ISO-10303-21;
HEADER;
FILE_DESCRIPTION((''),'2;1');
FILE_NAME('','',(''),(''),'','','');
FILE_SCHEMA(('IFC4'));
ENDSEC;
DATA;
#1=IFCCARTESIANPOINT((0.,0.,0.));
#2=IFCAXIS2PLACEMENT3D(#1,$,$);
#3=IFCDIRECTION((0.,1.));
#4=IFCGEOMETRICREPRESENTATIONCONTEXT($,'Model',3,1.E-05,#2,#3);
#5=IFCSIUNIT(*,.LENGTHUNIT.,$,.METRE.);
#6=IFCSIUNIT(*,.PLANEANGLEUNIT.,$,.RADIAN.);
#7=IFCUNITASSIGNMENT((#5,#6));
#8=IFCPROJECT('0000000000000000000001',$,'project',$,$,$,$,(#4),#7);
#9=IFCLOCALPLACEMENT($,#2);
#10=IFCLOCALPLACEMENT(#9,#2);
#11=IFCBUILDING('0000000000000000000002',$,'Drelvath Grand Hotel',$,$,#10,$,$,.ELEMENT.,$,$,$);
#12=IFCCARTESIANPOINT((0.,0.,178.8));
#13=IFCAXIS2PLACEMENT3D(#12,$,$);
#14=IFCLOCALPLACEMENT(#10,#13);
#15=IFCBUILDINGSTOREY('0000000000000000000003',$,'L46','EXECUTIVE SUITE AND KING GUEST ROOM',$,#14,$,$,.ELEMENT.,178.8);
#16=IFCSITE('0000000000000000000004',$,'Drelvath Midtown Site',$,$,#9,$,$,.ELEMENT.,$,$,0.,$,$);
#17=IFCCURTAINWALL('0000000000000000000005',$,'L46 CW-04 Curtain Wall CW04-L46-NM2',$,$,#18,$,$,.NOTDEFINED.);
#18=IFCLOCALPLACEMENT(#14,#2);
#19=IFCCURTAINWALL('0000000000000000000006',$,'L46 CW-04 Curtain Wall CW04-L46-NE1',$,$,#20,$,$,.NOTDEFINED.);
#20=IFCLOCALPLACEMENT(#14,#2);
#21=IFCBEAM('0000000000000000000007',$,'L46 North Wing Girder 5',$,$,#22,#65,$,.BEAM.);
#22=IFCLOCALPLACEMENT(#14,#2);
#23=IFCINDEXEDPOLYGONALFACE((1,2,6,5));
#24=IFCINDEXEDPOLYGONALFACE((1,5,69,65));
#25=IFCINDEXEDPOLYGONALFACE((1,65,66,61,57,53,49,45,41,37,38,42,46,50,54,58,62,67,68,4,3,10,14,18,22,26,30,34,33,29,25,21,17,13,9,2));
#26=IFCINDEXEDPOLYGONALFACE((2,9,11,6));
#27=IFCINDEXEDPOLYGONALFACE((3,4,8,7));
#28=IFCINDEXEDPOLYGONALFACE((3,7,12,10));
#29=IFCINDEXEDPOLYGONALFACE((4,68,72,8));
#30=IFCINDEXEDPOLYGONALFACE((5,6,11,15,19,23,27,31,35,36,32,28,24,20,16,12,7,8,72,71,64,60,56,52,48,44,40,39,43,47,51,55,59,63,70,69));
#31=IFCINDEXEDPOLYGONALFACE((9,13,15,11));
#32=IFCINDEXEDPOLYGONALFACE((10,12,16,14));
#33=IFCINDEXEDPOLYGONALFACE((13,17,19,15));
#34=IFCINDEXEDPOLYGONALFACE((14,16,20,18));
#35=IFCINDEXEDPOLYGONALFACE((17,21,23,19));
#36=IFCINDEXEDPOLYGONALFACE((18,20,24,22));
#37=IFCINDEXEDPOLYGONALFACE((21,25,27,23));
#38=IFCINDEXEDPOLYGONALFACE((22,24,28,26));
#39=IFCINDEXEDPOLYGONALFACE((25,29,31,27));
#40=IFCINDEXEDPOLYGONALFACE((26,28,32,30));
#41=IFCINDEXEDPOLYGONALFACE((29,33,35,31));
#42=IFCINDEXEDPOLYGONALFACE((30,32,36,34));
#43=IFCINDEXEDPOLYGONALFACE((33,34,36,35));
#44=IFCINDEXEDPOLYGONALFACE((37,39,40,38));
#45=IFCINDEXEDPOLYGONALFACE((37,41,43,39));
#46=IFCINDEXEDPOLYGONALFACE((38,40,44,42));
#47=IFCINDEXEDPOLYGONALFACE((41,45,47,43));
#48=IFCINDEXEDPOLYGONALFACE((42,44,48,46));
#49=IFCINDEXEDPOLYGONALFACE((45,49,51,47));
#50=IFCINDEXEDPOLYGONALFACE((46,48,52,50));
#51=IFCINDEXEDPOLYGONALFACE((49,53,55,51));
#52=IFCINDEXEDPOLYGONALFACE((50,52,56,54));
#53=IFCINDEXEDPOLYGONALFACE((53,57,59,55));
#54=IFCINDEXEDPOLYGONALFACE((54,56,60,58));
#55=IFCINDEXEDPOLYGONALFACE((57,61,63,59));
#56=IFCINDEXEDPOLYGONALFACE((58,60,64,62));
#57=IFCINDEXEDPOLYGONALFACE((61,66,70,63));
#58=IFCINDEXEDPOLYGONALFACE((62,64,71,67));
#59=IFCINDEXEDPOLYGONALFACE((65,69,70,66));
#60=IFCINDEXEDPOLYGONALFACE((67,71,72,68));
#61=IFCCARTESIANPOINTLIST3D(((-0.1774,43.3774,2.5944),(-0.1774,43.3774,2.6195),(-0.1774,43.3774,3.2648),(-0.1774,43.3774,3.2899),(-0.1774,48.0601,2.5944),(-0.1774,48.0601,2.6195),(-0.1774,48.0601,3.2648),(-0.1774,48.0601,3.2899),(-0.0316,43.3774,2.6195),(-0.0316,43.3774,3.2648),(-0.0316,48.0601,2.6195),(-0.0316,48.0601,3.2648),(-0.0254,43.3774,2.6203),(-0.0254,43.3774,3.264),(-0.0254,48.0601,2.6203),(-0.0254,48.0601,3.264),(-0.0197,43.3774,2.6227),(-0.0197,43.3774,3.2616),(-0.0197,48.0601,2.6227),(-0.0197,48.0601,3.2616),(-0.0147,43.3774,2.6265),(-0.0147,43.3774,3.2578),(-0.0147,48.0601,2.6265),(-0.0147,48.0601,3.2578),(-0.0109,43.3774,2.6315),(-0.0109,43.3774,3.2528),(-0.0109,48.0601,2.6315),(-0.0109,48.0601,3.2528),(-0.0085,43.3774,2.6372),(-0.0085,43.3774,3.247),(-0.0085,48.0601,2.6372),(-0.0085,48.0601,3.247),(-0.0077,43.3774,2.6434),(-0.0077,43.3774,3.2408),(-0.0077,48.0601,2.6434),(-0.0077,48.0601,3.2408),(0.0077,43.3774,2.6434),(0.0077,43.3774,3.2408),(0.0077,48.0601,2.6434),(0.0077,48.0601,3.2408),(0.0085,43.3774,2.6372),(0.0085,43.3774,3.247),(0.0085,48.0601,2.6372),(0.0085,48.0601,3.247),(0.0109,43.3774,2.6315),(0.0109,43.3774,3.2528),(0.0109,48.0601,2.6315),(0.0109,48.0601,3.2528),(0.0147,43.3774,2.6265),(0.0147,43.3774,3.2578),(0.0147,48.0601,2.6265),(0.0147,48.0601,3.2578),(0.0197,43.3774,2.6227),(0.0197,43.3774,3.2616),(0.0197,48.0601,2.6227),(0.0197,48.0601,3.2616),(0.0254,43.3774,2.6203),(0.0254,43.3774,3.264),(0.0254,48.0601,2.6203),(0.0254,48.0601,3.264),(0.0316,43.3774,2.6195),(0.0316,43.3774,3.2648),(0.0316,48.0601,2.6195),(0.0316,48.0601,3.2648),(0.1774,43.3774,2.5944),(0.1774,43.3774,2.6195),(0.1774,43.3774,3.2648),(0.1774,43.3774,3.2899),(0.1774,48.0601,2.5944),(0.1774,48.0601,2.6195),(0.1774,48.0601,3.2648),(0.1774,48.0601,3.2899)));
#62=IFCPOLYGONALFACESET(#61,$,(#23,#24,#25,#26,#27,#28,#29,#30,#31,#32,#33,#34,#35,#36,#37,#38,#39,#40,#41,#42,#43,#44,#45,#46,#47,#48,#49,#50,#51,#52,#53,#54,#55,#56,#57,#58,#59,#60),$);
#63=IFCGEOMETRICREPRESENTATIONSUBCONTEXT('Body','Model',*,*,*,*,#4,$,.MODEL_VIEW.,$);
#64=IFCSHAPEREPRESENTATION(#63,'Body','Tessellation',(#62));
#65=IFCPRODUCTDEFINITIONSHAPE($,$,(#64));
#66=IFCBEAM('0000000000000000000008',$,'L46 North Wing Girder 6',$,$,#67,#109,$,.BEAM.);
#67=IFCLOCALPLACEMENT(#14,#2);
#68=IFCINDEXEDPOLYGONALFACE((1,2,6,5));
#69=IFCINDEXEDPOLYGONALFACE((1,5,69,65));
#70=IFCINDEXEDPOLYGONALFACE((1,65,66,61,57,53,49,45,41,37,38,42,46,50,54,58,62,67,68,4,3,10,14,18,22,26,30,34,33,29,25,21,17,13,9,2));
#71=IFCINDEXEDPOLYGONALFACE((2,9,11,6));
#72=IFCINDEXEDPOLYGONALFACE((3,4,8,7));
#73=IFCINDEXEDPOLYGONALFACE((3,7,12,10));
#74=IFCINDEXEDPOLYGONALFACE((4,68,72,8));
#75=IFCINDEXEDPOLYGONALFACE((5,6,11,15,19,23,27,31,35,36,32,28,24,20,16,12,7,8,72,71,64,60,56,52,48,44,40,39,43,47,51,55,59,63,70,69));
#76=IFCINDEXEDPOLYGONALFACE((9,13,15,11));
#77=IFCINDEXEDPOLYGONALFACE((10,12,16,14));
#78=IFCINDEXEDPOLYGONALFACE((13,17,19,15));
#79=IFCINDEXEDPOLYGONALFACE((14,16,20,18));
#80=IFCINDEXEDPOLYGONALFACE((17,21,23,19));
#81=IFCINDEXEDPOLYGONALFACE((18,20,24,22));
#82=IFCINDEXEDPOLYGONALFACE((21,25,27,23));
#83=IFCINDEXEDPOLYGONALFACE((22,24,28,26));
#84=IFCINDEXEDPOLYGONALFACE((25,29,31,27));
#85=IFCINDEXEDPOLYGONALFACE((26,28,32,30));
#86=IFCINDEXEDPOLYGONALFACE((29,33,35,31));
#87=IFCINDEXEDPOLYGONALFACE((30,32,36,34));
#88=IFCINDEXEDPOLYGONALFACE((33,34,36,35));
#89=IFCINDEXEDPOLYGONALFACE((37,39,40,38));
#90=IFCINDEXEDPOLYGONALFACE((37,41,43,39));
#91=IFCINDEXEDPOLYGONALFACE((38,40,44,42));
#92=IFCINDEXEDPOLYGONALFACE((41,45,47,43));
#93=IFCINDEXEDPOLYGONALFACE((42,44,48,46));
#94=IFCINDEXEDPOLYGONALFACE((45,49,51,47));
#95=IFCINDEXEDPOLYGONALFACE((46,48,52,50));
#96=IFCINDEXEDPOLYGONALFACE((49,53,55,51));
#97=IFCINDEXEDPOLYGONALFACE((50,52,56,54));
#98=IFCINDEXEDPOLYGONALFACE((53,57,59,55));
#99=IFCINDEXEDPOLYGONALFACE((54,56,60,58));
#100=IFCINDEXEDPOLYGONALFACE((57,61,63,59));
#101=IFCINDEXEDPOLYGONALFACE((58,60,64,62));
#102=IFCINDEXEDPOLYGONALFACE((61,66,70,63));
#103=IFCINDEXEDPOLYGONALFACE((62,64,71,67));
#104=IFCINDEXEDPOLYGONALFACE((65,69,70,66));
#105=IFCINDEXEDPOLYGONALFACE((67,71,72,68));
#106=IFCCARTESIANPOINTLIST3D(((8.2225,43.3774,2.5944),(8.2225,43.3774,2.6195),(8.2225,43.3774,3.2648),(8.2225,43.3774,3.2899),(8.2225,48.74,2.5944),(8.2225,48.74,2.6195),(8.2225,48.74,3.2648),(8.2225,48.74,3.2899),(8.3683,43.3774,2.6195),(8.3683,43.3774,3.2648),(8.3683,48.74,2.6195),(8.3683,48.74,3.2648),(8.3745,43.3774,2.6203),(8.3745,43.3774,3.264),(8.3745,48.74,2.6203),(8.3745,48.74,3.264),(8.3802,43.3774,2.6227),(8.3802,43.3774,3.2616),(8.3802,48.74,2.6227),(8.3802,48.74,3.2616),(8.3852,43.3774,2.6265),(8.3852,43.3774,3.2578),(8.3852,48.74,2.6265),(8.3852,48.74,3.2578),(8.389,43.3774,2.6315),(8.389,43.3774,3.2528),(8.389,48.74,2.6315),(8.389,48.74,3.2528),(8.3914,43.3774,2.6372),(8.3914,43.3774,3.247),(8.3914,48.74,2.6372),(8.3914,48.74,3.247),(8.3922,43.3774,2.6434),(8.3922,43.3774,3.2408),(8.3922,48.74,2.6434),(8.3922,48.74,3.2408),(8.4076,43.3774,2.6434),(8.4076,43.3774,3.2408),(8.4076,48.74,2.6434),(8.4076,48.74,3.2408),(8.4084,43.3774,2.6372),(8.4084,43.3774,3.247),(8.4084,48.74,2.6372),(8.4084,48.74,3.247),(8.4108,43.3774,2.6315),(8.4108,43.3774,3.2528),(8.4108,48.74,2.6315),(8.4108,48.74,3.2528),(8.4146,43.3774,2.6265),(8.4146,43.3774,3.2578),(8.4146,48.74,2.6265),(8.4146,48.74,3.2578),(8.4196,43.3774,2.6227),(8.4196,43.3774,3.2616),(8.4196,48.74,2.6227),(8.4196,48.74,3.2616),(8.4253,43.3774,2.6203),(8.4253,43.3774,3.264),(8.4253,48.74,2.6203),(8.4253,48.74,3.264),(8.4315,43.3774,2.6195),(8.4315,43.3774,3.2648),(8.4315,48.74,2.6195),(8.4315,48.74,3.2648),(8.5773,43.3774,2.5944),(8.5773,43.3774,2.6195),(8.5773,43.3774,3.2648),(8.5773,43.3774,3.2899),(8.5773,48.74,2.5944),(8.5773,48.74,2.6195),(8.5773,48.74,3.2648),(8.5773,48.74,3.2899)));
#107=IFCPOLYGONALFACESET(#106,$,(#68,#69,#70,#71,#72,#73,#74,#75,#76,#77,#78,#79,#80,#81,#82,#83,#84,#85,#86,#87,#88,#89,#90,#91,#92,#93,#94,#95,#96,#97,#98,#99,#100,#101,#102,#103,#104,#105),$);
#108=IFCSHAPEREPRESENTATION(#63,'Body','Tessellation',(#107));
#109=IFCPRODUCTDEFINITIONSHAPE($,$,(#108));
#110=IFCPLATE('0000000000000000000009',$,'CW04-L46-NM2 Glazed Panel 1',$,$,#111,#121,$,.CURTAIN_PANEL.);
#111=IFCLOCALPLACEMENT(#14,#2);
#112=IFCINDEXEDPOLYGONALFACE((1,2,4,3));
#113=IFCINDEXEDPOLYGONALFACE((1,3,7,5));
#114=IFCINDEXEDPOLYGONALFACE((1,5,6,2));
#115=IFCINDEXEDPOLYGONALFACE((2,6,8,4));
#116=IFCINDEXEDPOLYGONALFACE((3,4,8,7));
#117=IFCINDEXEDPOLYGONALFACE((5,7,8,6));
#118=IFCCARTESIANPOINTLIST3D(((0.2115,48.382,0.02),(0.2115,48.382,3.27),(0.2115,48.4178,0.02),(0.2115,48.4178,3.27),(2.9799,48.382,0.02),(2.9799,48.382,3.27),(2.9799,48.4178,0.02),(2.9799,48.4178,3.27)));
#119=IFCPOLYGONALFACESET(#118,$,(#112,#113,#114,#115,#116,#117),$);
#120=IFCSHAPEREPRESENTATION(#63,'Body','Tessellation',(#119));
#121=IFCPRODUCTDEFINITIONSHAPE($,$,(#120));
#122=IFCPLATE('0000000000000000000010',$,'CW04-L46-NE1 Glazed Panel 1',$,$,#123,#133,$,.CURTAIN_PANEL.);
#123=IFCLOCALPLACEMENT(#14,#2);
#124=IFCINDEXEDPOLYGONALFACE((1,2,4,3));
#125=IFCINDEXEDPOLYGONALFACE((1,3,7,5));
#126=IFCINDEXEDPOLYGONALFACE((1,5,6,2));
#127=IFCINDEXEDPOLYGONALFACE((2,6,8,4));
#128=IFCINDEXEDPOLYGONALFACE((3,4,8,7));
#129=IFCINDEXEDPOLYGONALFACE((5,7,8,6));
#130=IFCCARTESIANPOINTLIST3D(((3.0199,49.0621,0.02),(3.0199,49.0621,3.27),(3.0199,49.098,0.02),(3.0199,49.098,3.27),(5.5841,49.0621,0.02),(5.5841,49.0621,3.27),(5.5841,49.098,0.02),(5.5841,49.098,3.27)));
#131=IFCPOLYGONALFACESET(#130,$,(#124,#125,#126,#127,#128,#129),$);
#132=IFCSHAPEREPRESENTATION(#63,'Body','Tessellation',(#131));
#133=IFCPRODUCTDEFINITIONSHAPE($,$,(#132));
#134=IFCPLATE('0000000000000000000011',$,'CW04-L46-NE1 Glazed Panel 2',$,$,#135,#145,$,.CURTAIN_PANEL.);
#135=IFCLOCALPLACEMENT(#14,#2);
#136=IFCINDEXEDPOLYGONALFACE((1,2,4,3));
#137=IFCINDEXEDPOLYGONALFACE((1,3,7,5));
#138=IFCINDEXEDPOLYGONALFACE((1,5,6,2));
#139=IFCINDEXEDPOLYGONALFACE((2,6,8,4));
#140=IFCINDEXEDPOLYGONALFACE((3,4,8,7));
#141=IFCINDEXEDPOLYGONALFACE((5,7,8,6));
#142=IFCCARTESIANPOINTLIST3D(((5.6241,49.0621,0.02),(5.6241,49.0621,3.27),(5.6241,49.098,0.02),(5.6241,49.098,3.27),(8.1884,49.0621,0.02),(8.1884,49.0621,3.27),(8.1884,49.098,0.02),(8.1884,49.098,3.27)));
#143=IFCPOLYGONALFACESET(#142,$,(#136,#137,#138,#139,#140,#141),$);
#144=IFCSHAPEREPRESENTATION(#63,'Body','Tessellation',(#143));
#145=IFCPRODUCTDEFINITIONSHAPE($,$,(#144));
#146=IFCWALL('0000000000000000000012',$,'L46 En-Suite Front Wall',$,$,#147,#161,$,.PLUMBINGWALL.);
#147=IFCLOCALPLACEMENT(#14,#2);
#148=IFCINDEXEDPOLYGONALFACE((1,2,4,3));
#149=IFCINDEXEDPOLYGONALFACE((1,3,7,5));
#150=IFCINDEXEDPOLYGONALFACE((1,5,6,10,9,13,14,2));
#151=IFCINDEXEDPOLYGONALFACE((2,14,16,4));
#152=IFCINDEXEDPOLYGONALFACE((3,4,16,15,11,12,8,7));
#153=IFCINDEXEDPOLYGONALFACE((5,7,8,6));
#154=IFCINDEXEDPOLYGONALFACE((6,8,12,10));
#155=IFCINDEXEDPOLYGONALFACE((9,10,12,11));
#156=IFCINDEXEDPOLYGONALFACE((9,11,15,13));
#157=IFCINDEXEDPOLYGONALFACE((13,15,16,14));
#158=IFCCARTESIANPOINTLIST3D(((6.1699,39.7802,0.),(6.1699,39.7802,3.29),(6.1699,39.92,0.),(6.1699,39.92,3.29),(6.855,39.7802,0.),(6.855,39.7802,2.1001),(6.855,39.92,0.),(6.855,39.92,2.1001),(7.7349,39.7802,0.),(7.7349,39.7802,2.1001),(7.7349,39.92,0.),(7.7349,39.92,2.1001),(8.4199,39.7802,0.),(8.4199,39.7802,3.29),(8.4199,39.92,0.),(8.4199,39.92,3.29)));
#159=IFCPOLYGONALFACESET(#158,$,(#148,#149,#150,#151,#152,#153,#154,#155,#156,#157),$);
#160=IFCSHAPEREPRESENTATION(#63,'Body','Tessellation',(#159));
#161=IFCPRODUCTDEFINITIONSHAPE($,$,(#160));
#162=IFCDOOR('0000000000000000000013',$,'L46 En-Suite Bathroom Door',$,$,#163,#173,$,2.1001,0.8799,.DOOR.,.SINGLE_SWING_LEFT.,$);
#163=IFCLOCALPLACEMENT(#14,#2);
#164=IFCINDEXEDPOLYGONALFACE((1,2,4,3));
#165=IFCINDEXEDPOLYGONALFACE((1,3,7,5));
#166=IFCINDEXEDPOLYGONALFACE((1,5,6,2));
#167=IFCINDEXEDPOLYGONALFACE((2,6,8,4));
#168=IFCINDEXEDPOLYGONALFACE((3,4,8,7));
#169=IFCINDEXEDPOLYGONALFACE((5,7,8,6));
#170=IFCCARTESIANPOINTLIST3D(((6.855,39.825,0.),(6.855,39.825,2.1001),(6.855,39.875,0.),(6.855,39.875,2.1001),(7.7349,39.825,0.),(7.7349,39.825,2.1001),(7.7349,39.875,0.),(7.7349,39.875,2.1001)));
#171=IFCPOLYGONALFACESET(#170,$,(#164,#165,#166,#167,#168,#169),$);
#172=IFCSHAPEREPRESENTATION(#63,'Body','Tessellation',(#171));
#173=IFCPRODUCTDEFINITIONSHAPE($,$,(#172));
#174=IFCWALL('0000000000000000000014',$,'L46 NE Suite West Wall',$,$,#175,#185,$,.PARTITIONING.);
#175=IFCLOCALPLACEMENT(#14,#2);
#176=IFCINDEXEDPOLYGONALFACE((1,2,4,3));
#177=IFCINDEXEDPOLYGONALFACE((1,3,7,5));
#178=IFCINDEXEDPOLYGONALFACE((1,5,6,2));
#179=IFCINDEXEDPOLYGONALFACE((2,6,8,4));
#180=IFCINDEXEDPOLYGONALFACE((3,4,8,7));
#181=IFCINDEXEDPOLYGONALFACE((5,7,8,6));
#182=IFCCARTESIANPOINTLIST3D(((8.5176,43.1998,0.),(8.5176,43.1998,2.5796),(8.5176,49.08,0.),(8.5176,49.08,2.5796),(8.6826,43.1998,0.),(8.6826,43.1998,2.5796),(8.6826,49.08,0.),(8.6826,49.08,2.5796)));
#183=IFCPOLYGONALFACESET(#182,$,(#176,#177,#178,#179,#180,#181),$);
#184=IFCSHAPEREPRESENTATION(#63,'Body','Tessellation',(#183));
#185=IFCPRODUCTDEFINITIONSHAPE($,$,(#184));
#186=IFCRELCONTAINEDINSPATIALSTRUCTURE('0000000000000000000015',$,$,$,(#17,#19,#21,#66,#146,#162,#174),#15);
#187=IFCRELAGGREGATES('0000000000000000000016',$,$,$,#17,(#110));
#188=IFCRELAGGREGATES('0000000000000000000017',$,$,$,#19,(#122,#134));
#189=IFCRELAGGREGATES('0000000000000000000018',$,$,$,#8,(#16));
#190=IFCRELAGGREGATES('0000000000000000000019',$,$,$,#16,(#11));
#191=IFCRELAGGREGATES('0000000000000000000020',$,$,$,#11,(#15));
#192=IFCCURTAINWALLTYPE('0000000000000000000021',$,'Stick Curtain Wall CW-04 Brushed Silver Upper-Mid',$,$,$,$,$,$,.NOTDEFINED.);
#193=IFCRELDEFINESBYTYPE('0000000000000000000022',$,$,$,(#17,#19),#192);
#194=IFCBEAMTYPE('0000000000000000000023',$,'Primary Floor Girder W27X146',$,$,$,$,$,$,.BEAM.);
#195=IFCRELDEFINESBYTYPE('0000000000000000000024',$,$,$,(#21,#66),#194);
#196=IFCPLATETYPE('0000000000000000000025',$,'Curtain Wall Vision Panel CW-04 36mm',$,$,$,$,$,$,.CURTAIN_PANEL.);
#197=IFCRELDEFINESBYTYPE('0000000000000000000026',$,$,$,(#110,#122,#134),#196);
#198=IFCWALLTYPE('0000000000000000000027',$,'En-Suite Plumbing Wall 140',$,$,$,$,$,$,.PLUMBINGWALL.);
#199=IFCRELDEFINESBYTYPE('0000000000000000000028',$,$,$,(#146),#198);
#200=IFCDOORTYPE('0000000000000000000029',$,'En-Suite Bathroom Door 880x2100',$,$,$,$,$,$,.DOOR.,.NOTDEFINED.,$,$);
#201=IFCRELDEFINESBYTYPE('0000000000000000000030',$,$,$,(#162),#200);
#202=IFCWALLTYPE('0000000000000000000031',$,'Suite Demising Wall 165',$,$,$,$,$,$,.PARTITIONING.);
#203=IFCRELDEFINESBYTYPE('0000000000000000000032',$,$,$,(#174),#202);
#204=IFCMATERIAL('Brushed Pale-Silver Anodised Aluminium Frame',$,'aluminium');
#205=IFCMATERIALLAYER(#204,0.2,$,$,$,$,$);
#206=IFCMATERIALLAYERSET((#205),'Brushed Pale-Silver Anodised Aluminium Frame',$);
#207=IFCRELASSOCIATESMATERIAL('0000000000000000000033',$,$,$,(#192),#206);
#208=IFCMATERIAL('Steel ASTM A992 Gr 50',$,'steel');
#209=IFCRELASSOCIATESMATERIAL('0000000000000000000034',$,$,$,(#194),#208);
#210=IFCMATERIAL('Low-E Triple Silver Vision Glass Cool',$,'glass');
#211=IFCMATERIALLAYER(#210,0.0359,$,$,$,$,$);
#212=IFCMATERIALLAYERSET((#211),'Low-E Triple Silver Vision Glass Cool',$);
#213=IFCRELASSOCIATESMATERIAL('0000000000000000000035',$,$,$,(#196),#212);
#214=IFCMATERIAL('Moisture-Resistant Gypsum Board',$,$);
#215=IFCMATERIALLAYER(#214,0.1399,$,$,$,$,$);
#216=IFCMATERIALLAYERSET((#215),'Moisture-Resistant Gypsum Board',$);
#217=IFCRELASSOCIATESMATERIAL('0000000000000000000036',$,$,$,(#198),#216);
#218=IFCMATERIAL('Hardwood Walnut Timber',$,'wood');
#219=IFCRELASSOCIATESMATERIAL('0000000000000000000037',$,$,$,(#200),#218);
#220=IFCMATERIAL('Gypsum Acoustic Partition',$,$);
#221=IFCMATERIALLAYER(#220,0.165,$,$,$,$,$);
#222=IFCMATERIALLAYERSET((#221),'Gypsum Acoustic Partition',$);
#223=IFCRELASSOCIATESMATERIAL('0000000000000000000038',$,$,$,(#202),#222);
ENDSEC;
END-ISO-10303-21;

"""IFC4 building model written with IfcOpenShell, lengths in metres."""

from ifc_helpers import new_model, si_unit, direction, frame, frame_2d, origin, origin_2d, place, context, subcontext, project, spatial, rectangle, i_section, extrude, material, layer, layer_set, material_profile, profile_set, type_object, element, fill, aggregate, save


model = new_model("IFC4")

# Units and contexts
model_context = context("Model", 3, precision=1e-05, world=origin(), true_north=direction((0.0, 1.0)))
body_context = subcontext(model_context, "Body", "Model", "MODEL_VIEW")
ifc_project = project(units=[si_unit("LENGTHUNIT", "METRE"), si_unit("PLANEANGLEUNIT", "RADIAN")], contexts=[model_context])

# Site, building, storey
site_placement = place(None, origin())
site = spatial("IfcSite", under=ifc_project, at=site_placement, Name="Drelvath Midtown Site", CompositionType="ELEMENT", RefElevation=0.0)
building_placement = place(site_placement, origin())
building = spatial("IfcBuilding", under=site, at=building_placement, Name="Drelvath Grand Hotel", CompositionType="ELEMENT")
storey_placement = place(building_placement, frame((0.0, 0.0, 178.8)))
storey = spatial("IfcBuildingStorey", under=building, at=storey_placement, Name="L46", Description="EXECUTIVE SUITE AND KING GUEST ROOM", CompositionType="ELEMENT", Elevation=178.8)

# Curtain walls
ifc_material_1 = material(Name="Brushed Pale-Silver Anodised Aluminium Frame", Category="aluminium")
ifc_layer_1 = layer(ifc_material_1, 0.2)
ifc_layer_set_1 = layer_set([ifc_layer_1], Name="Brushed Pale-Silver Anodised Aluminium Frame")
curtain_wall_type = type_object("IfcCurtainWallType", Name="Stick Curtain Wall CW-04 Brushed Silver Upper-Mid", PredefinedType="NOTDEFINED", material=ifc_layer_set_1)
curtain_wall_1_placement = place(storey_placement, origin())
curtain_wall_1 = element("IfcCurtainWall", 1, at=curtain_wall_1_placement, inside=storey, type_object=curtain_wall_type, Name="L46 CW-04 Curtain Wall CW04-L46-NM2", PredefinedType="NOTDEFINED")
curtain_wall_2_placement = place(storey_placement, origin())
curtain_wall_2 = element("IfcCurtainWall", 2, at=curtain_wall_2_placement, inside=storey, type_object=curtain_wall_type, Name="L46 CW-04 Curtain Wall CW04-L46-NE1", PredefinedType="NOTDEFINED")

# Beams
ifc_material_2 = material(Name="Steel ASTM A992 Gr 50", Category="steel")
ifc_material_profile_1 = material_profile(ifc_material_2, i_section(OverallWidth=0.3547, OverallDepth=0.6956, WebThickness=0.0154, FlangeThickness=0.0251, FilletRadius=0.0239, at=origin_2d()), Name="W27X146")
ifc_profile_set_1 = profile_set([ifc_material_profile_1], Name="Steel ASTM A992 Gr 50")
beam_type_1 = type_object("IfcBeamType", Name="Primary Floor Girder W27X146", PredefinedType="BEAM", material=ifc_profile_set_1)
beam_1_placement = place(storey_placement, frame((0.0, 43.3774, 2.9421), z_axis=(0.0, 1.0, 0.0), x_axis=(-1.0, 0.0, 0.0)))
element("IfcBeam", 3, at=beam_1_placement, inside=storey, type_object=beam_type_1, Name="L46 North Wing Girder 5", PredefinedType="BEAM", context=body_context, shape_type="SweptSolid", body=[
    extrude(i_section(OverallWidth=0.3547, OverallDepth=0.6956, WebThickness=0.0154, FlangeThickness=0.0251, FilletRadius=0.0239, at=origin_2d()), origin(), (0.0, 0.0, 1.0), 4.6826),
])
beam_2_placement = place(storey_placement, frame((8.3999, 43.3774, 2.9421), z_axis=(0.0, 1.0, 0.0), x_axis=(-1.0, 0.0, 0.0)))
element("IfcBeam", 4, at=beam_2_placement, inside=storey, type_object=beam_type_1, Name="L46 North Wing Girder 6", PredefinedType="BEAM", context=body_context, shape_type="SweptSolid", body=[
    extrude(i_section(OverallWidth=0.3547, OverallDepth=0.6956, WebThickness=0.0154, FlangeThickness=0.0251, FilletRadius=0.0239, at=origin_2d()), origin(), (0.0, 0.0, 1.0), 5.3625),
])

# Plates
ifc_material_3 = material(Name="Low-E Triple Silver Vision Glass Cool", Category="glass")
ifc_layer_2 = layer(ifc_material_3, 0.0359)
ifc_layer_set_2 = layer_set([ifc_layer_2], Name="Low-E Triple Silver Vision Glass Cool")
plate_type = type_object("IfcPlateType", Name="Curtain Wall Vision Panel CW-04 36mm", PredefinedType="CURTAIN_PANEL", material=ifc_layer_set_2)
plate_1_placement = place(storey_placement, frame((1.5957, 48.3999, 0.02), z_axis=(0.0, 0.0, 1.0), x_axis=(1.0, 0.0, 0.0)))
plate_1 = element("IfcPlate", 5, at=plate_1_placement, type_object=plate_type, Name="CW04-L46-NM2 Glazed Panel 1", PredefinedType="CURTAIN_PANEL", context=body_context, shape_type="SweptSolid", body=[
    extrude(rectangle(XDim=2.7683, YDim=0.0359, at=origin_2d()), origin(), (0.0, 0.0, 1.0), 3.25),
])
aggregate(curtain_wall_1, [plate_1])
plate_2_placement = place(storey_placement, frame((4.302, 49.0801, 0.02), z_axis=(0.0, 0.0, 1.0), x_axis=(1.0, 0.0, 0.0)))
plate_2 = element("IfcPlate", 6, at=plate_2_placement, type_object=plate_type, Name="CW04-L46-NE1 Glazed Panel 1", PredefinedType="CURTAIN_PANEL", context=body_context, shape_type="SweptSolid", body=[
    extrude(rectangle(XDim=2.5642, YDim=0.0359, at=origin_2d()), origin(), (0.0, 0.0, 1.0), 3.25),
])
plate_3_placement = place(storey_placement, frame((6.9062, 49.0801, 0.02), z_axis=(0.0, 0.0, 1.0), x_axis=(1.0, 0.0, 0.0)))
plate_3 = element("IfcPlate", 7, at=plate_3_placement, type_object=plate_type, Name="CW04-L46-NE1 Glazed Panel 2", PredefinedType="CURTAIN_PANEL", context=body_context, shape_type="SweptSolid", body=[
    extrude(rectangle(XDim=2.5642, YDim=0.0359, at=origin_2d()), origin(), (0.0, 0.0, 1.0), 3.25),
])
aggregate(curtain_wall_2, [plate_2, plate_3])

# Wall, opening, door
ifc_material_4 = material(Name="Hardwood Walnut Timber", Category="wood")
ifc_material_5 = material(Name="Moisture-Resistant Gypsum Board")
ifc_layer_3 = layer(ifc_material_5, 0.1399)
ifc_layer_set_3 = layer_set([ifc_layer_3], Name="Moisture-Resistant Gypsum Board")
wall_type_1 = type_object("IfcWallType", Name="En-Suite Plumbing Wall 140", PredefinedType="PLUMBINGWALL", material=ifc_layer_set_3)
wall_1_placement = place(storey_placement, frame((6.1699, 39.8501, 0.0), z_axis=(0.0, 0.0, 1.0), x_axis=(1.0, 0.0, 0.0)))
wall_1 = element("IfcWall", 8, at=wall_1_placement, inside=storey, type_object=wall_type_1, Name="L46 En-Suite Front Wall", PredefinedType="PLUMBINGWALL", context=body_context, shape_type="SweptSolid", body=[
    extrude(rectangle(XDim=2.25, YDim=0.1399, at=frame_2d((1.125, 0.0))), origin(), (0.0, 0.0, 1.0), 3.29),
])
opening_1_placement = place(wall_1_placement, frame((0.6851, 0.0, 0.0)))
opening_1 = element("IfcOpeningElement", 9, at=opening_1_placement, cuts=wall_1, PredefinedType="OPENING", context=body_context, shape_type="SweptSolid", body=[
    extrude(rectangle(XDim=0.8799, YDim=2.1001, at=frame_2d((0.4399, 1.05))), frame((0.0, 0.0798, 0.0), z_axis=(0.0, -1.0, 0.0), x_axis=(1.0, 0.0, 0.0)), (0.0, 0.0, 1.0), 0.1599),
])
door_type_1 = type_object("IfcDoorType", Name="En-Suite Bathroom Door 880x2100", OperationType="NOTDEFINED", PredefinedType="DOOR", material=ifc_material_4)
door_1_placement = place(opening_1_placement, origin())
door_1 = element("IfcDoor", 10, at=door_1_placement, inside=storey, type_object=door_type_1, Name="L46 En-Suite Bathroom Door", OperationType="SINGLE_SWING_LEFT", OverallHeight=2.1001, OverallWidth=0.8799, PredefinedType="DOOR", context=body_context, shape_type="SweptSolid", body=[
    extrude(rectangle(XDim=0.8799, YDim=2.1001, at=frame_2d((0.4399, 1.05))), frame((0.0, 0.0249, 0.0), z_axis=(0.0, -1.0, 0.0), x_axis=(1.0, 0.0, 0.0)), (0.0, 0.0, 1.0), 0.05),
])
fill(opening_1, door_1)

# Wall
ifc_material_6 = material(Name="Gypsum Acoustic Partition")
ifc_layer_4 = layer(ifc_material_6, 0.165)
ifc_layer_set_4 = layer_set([ifc_layer_4], Name="Gypsum Acoustic Partition")
wall_type_2 = type_object("IfcWallType", Name="Suite Demising Wall 165", PredefinedType="PARTITIONING", material=ifc_layer_set_4)
wall_2_placement = place(storey_placement, frame((8.6001, 43.2, 0.0), z_axis=(0.0, 0.0, 1.0), x_axis=(0.0, 1.0, 0.0)))
element("IfcWall", 11, at=wall_2_placement, inside=storey, type_object=wall_type_2, Name="L46 NE Suite West Wall", PredefinedType="PARTITIONING", context=body_context, shape_type="SweptSolid", body=[
    extrude(rectangle(XDim=5.8801, YDim=0.165, at=frame_2d((2.9399, 0.0))), origin(), (0.0, 0.0, 1.0), 2.5796),
])

save(model, "model.ifc")
